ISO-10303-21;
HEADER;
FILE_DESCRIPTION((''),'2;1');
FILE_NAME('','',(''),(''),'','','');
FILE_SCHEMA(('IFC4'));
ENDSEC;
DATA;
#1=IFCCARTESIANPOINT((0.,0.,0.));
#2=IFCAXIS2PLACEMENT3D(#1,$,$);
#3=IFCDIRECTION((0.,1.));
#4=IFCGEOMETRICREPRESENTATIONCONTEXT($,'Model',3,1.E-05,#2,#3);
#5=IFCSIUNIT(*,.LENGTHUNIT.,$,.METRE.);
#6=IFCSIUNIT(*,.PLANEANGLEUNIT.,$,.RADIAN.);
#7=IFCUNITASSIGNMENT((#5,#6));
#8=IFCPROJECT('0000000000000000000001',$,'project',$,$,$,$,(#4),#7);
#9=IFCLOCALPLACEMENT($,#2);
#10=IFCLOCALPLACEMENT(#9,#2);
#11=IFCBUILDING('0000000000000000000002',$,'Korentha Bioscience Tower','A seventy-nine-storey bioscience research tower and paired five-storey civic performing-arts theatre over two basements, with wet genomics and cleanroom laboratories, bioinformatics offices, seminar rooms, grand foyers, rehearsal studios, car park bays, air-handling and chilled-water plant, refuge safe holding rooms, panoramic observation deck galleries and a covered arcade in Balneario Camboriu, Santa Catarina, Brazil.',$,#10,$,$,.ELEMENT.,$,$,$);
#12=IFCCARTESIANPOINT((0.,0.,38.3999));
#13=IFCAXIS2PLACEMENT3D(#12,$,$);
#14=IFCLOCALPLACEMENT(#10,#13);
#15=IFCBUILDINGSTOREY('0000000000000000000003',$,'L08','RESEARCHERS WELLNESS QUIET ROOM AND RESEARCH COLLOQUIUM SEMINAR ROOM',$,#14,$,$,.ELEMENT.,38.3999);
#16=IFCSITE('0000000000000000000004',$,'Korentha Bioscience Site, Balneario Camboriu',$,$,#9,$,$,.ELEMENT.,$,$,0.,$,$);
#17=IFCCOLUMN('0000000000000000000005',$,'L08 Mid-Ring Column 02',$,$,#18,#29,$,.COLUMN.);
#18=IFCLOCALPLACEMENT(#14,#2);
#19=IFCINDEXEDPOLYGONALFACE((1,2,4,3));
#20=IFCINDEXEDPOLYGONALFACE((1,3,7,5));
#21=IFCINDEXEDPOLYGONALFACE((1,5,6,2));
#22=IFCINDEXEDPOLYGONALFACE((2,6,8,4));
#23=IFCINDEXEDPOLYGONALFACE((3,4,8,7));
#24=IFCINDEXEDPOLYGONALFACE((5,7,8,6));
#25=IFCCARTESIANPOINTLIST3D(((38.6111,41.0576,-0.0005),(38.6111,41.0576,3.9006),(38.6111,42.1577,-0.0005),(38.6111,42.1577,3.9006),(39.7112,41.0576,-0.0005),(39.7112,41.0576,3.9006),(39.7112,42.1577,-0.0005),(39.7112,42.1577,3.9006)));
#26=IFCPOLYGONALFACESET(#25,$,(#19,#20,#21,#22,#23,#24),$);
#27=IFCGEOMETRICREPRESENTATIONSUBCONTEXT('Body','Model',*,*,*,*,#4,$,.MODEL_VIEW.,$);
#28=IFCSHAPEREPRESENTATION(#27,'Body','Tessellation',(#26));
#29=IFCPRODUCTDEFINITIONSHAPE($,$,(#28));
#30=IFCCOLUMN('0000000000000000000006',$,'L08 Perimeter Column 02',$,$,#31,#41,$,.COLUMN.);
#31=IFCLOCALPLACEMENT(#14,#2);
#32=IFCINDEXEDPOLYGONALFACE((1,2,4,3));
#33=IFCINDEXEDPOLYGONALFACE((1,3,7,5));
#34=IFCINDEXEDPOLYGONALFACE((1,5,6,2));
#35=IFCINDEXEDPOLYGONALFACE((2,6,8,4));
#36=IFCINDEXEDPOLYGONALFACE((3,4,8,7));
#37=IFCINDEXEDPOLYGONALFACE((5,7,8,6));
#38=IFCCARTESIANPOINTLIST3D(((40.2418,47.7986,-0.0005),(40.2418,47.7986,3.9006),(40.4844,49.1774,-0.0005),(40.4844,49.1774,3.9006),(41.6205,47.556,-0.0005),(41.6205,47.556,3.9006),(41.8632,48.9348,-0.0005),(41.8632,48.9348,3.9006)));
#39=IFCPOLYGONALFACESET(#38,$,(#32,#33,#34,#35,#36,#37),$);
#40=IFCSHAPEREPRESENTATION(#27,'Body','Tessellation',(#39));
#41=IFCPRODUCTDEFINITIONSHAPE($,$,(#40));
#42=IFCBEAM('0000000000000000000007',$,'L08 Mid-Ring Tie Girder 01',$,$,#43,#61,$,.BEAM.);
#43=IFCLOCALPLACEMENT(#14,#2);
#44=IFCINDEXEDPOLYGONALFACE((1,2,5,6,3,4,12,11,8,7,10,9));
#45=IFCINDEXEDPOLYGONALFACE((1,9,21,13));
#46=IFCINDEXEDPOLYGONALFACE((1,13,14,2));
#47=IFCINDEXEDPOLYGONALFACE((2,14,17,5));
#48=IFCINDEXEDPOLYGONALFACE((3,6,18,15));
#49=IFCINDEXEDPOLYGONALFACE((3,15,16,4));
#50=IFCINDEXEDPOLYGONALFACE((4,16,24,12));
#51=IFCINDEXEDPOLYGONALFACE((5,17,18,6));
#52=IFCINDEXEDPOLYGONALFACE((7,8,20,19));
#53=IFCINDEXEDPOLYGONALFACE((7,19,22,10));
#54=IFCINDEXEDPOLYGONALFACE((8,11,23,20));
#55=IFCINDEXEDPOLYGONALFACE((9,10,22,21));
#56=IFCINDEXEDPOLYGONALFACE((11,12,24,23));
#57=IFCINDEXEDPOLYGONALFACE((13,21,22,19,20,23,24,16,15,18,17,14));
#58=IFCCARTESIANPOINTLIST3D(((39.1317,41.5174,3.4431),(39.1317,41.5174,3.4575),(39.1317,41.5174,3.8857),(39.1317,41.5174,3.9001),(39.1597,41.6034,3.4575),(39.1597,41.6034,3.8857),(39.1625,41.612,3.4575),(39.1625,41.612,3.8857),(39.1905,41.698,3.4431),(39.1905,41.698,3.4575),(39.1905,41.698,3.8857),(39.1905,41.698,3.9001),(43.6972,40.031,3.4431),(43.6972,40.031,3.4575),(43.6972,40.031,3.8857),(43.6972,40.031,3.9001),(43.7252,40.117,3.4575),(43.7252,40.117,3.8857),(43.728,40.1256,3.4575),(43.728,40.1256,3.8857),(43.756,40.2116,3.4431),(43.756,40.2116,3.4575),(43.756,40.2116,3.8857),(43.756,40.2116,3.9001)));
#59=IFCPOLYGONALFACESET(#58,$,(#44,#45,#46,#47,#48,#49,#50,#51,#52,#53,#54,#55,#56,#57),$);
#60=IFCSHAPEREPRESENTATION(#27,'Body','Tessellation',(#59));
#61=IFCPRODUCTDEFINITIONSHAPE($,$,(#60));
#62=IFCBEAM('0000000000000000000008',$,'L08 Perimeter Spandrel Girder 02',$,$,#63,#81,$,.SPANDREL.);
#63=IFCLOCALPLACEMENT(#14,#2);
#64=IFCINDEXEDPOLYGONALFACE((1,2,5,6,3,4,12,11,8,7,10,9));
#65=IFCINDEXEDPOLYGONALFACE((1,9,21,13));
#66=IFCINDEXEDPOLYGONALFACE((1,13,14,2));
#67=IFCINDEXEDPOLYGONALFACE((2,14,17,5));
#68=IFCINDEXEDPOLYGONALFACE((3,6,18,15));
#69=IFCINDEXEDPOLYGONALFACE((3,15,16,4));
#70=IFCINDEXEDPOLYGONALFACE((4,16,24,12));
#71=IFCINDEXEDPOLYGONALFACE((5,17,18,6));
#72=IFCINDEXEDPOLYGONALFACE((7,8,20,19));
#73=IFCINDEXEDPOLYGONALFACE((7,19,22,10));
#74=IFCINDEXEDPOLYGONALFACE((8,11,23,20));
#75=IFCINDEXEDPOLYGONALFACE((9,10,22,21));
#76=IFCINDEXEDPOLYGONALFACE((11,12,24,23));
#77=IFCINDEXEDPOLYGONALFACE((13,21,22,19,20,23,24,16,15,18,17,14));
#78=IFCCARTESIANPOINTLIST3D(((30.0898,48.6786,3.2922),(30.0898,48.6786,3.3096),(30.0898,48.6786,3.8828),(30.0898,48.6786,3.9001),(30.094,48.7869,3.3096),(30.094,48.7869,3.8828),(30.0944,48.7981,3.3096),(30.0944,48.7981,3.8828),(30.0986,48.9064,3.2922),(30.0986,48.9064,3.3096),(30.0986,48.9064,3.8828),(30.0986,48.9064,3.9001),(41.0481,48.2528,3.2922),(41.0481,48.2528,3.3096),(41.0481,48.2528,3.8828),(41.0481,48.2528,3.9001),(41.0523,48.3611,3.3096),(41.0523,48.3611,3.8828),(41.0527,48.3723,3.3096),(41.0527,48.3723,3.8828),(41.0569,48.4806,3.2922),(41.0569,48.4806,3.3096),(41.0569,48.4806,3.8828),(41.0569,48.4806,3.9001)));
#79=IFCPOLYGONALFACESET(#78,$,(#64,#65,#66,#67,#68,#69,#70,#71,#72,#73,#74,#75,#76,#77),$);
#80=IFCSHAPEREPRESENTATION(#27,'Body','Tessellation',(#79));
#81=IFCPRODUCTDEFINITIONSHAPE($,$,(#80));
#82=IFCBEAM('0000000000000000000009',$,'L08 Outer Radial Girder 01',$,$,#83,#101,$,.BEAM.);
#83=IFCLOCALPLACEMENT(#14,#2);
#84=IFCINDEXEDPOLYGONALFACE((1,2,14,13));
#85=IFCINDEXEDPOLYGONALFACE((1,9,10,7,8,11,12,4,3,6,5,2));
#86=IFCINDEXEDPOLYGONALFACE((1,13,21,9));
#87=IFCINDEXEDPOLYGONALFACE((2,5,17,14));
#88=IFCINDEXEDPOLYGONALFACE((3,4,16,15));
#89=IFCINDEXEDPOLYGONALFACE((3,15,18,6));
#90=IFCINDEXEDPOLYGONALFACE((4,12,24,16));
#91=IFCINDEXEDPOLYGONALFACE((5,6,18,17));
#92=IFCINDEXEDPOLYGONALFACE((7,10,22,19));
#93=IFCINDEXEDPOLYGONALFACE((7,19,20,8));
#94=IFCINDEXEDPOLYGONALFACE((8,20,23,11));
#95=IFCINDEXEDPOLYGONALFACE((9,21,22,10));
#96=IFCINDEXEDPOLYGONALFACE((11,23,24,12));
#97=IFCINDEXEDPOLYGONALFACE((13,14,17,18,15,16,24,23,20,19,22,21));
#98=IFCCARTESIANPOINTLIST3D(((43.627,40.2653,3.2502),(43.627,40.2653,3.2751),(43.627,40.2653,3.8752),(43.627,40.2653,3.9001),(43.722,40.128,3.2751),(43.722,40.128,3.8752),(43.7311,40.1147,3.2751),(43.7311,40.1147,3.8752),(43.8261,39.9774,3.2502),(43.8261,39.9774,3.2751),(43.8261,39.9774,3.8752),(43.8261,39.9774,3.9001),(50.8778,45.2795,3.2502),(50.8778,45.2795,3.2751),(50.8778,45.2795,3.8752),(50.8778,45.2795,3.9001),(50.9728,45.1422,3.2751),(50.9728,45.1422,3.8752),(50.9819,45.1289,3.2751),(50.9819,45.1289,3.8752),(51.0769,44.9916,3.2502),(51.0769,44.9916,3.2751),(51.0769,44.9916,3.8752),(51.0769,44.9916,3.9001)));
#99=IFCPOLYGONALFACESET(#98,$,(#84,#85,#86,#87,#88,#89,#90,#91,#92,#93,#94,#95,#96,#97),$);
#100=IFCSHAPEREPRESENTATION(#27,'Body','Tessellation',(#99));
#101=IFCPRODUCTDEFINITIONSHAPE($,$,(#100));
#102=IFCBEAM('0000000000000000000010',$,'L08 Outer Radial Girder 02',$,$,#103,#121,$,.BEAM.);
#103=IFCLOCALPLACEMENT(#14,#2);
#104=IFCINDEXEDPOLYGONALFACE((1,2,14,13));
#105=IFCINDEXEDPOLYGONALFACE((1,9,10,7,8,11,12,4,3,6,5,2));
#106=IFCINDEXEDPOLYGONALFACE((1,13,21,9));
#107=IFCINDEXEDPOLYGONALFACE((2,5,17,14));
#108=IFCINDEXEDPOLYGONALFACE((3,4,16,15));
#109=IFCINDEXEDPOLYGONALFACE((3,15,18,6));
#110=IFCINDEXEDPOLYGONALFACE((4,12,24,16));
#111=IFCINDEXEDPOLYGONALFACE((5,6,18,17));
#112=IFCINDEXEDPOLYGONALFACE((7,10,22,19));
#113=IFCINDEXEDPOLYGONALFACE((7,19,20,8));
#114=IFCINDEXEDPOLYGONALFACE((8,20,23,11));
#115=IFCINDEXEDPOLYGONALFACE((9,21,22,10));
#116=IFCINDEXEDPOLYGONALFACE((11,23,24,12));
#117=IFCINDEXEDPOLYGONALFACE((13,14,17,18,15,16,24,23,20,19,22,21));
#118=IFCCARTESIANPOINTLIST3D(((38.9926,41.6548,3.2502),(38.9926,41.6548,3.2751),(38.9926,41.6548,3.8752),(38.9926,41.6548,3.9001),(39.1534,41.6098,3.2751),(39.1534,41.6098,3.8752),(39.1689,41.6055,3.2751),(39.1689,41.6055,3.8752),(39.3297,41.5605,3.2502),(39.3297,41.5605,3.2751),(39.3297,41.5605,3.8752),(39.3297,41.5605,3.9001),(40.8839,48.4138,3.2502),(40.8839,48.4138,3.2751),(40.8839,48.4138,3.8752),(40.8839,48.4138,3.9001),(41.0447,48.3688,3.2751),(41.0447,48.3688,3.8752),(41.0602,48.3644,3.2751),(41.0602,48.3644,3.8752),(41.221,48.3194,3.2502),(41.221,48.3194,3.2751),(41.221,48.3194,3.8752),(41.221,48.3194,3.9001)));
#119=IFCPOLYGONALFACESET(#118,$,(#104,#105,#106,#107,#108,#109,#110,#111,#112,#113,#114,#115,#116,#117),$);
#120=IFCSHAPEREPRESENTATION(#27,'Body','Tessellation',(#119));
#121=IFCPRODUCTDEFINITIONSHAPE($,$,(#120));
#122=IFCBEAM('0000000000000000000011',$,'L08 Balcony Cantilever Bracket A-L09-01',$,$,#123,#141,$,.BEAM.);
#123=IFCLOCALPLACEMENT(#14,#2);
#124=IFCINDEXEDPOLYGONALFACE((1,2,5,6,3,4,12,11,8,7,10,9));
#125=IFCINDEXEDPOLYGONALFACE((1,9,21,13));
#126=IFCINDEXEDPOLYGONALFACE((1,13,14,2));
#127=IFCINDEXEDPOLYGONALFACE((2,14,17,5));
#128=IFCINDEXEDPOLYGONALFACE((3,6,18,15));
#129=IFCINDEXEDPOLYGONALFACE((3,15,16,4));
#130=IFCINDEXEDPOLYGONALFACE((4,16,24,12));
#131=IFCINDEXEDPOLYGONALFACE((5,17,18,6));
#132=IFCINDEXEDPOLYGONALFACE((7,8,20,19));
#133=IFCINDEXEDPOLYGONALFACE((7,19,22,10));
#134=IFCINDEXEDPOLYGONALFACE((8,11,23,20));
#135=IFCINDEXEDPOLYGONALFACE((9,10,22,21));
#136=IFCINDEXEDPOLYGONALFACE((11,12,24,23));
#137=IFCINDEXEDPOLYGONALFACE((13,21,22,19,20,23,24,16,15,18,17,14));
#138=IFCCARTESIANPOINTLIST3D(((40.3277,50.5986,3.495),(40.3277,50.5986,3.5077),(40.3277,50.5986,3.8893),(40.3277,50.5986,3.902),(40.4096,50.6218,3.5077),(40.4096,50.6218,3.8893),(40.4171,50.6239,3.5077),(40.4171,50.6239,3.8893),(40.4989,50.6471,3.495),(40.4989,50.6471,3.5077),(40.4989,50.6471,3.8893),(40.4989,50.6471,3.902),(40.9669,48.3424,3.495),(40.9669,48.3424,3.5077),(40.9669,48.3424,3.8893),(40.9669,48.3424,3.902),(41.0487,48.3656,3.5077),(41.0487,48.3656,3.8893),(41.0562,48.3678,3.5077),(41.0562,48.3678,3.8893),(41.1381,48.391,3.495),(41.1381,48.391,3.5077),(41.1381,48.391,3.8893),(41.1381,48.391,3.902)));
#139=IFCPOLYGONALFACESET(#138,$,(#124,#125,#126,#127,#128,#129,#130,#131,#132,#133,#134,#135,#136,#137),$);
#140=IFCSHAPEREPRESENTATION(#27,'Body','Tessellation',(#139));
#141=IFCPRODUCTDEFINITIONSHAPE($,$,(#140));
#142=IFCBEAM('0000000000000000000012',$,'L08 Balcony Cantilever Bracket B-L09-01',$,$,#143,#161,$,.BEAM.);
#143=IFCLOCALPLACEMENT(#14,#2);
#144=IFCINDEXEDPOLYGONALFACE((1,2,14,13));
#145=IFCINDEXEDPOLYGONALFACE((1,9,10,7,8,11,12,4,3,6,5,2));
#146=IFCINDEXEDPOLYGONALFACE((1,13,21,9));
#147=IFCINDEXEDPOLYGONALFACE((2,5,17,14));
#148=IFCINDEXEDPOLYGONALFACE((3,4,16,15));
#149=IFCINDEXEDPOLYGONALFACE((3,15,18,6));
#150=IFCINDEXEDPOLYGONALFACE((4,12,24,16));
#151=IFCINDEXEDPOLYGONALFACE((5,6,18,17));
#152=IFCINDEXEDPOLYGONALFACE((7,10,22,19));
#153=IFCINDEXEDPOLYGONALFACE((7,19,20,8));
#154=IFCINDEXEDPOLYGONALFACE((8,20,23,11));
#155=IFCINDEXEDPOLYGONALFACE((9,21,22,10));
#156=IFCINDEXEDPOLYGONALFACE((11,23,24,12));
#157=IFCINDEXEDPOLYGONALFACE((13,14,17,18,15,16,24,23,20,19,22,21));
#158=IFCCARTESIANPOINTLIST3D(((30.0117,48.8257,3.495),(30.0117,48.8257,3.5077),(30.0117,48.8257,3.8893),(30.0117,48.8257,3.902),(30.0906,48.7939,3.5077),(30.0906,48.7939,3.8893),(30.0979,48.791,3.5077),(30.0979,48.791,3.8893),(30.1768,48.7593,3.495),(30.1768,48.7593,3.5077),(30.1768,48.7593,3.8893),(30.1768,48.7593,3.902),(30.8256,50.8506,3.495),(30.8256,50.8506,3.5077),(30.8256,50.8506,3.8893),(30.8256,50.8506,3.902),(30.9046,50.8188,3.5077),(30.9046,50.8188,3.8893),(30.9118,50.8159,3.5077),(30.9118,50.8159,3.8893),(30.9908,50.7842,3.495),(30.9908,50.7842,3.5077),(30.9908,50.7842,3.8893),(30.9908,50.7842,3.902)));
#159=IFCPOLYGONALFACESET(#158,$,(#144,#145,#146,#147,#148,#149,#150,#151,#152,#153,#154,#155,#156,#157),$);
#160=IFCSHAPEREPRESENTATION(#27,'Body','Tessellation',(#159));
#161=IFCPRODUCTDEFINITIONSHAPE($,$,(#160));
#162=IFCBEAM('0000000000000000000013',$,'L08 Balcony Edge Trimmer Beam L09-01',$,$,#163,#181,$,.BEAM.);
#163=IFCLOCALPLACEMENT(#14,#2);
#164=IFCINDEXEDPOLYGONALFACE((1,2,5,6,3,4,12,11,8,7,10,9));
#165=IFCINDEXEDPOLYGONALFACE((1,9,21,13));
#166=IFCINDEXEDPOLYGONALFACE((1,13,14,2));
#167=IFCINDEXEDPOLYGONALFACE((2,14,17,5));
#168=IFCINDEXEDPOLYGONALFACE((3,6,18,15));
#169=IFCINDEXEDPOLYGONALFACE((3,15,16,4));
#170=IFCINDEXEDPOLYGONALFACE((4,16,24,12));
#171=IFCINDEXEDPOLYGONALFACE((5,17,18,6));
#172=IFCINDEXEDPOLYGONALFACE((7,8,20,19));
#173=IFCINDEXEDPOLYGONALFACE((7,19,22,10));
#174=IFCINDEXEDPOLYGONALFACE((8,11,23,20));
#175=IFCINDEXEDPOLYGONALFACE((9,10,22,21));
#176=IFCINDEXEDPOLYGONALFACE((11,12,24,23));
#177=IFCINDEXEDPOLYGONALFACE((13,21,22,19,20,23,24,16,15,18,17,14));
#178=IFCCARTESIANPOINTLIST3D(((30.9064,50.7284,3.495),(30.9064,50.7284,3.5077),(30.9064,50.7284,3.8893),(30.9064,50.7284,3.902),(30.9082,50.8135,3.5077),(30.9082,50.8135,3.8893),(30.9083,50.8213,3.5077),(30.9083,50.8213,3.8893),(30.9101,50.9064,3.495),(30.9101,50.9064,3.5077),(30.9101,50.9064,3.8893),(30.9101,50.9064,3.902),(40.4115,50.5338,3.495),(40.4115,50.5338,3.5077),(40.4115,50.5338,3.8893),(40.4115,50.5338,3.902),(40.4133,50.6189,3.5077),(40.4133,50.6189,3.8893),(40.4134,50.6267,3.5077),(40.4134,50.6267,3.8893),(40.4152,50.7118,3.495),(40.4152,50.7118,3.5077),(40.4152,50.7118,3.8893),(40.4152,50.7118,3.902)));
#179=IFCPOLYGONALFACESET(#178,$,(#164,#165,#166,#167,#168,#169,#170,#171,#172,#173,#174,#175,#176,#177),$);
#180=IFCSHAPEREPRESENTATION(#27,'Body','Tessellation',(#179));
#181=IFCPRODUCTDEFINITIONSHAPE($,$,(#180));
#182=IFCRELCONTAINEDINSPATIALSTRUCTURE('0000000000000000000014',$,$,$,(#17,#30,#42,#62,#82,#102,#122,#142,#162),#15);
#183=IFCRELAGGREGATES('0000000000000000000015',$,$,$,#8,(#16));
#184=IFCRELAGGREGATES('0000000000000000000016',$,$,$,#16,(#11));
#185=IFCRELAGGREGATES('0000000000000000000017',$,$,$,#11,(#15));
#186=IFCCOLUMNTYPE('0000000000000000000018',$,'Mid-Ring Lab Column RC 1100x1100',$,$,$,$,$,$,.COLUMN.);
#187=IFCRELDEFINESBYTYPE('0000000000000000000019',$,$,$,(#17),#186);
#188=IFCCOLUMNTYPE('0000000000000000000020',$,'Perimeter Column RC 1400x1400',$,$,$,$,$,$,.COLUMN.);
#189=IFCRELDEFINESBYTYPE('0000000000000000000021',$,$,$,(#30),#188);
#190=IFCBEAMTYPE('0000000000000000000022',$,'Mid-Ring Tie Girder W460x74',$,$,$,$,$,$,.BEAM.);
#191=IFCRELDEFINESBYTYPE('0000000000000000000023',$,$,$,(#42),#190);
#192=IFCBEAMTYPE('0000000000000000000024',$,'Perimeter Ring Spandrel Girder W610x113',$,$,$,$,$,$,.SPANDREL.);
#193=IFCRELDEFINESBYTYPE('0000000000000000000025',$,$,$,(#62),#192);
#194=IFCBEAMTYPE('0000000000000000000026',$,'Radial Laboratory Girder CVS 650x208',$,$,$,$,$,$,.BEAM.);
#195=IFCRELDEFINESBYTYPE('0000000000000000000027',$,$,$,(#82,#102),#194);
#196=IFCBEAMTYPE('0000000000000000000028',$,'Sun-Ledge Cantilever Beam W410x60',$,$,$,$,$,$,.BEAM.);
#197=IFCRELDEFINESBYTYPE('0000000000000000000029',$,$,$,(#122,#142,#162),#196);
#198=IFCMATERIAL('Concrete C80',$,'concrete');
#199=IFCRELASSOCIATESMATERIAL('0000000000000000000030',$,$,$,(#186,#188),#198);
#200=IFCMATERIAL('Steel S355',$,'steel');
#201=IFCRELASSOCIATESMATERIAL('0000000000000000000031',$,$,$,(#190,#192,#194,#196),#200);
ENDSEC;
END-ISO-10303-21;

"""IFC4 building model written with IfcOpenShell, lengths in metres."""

from ifc_helpers import new_model, si_unit, direction, frame, origin, origin_2d, place, context, subcontext, project, spatial, rectangle, i_section, extrude, material, material_profile, profile_set, type_object, element, save


model = new_model("IFC4")

# Units and contexts
model_context = context("Model", 3, precision=1e-05, world=origin(), true_north=direction((0.0, 1.0)))
body_context = subcontext(model_context, "Body", "Model", "MODEL_VIEW")
ifc_project = project(units=[si_unit("LENGTHUNIT", "METRE"), si_unit("PLANEANGLEUNIT", "RADIAN")], contexts=[model_context])

# Site, building, storey
site_placement = place(None, origin())
site = spatial("IfcSite", under=ifc_project, at=site_placement, Name="Korentha Bioscience Site, Balneario Camboriu", CompositionType="ELEMENT", RefElevation=0.0)
building_placement = place(site_placement, origin())
building = spatial("IfcBuilding", under=site, at=building_placement, Name="Korentha Bioscience Tower", Description="A seventy-nine-storey bioscience research tower and paired five-storey civic performing-arts theatre over two basements, with wet genomics and cleanroom laboratories, bioinformatics offices, seminar rooms, grand foyers, rehearsal studios, car park bays, air-handling and chilled-water plant, refuge safe holding rooms, panoramic observation deck galleries and a covered arcade in Balneario Camboriu, Santa Catarina, Brazil.", CompositionType="ELEMENT")
storey_placement = place(building_placement, frame((0.0, 0.0, 38.3999)))
storey = spatial("IfcBuildingStorey", under=building, at=storey_placement, Name="L08", Description="RESEARCHERS WELLNESS QUIET ROOM AND RESEARCH COLLOQUIUM SEMINAR ROOM", CompositionType="ELEMENT", Elevation=38.3999)

# Columns
ifc_material_1 = material(Name="Concrete C80", Category="concrete")
ifc_material_profile_1 = material_profile(ifc_material_1, rectangle(XDim=1.1001, YDim=1.1001, at=origin_2d()), Name="Concrete C80")
ifc_profile_set_1 = profile_set([ifc_material_profile_1], Name="Concrete C80 (COL-MR11)")
column_type_1 = type_object("IfcColumnType", Name="Mid-Ring Lab Column RC 1100x1100", PredefinedType="COLUMN", material=ifc_profile_set_1)
column_1_placement = place(storey_placement, frame((39.1611, 41.6077, -0.0005), z_axis=(0.0, 0.0, 1.0), x_axis=(1.0, 0.0, 0.0)))
element("IfcColumn", 1, at=column_1_placement, inside=storey, type_object=column_type_1, Name="L08 Mid-Ring Column 02", PredefinedType="COLUMN", context=body_context, shape_type="SweptSolid", body=[
    extrude(rectangle(XDim=1.1001, YDim=1.1001, at=origin_2d()), origin(), (0.0, 0.0, 1.0), 3.9011),
])
ifc_material_profile_2 = material_profile(ifc_material_1, rectangle(XDim=1.3999, YDim=1.3999, at=origin_2d()), Name="Concrete C80")
ifc_profile_set_2 = profile_set([ifc_material_profile_2], Name="Concrete C80 (COL-P14)")
column_type_2 = type_object("IfcColumnType", Name="Perimeter Column RC 1400x1400", PredefinedType="COLUMN", material=ifc_profile_set_2)
column_2_placement = place(storey_placement, frame((41.0525, 48.3667, -0.0005), z_axis=(0.0, 0.0, 1.0), x_axis=(-0.984868, 0.173304, 0.0)))
element("IfcColumn", 2, at=column_2_placement, inside=storey, type_object=column_type_2, Name="L08 Perimeter Column 02", PredefinedType="COLUMN", context=body_context, shape_type="SweptSolid", body=[
    extrude(rectangle(XDim=1.3999, YDim=1.3999, at=origin_2d()), origin(), (0.0, 0.0, 1.0), 3.9011),
])

# Beams
ifc_material_2 = material(Name="Steel S355", Category="steel")
ifc_material_profile_3 = material_profile(ifc_material_2, i_section(OverallWidth=0.1899, OverallDepth=0.457, WebThickness=0.009, FlangeThickness=0.0144, at=origin_2d()), Name="Steel S355")
ifc_profile_set_3 = profile_set([ifc_material_profile_3], Name="Steel S355 (MB-460)")
beam_type_1 = type_object("IfcBeamType", Name="Mid-Ring Tie Girder W460x74", PredefinedType="BEAM", material=ifc_profile_set_3)
beam_1_placement = place(storey_placement, frame((43.7266, 40.1213, 3.6716), z_axis=(-0.950877, 0.309569, 0.0), x_axis=(-0.309569, -0.950877, 0.0)))
element("IfcBeam", 3, at=beam_1_placement, inside=storey, type_object=beam_type_1, Name="L08 Mid-Ring Tie Girder 01", PredefinedType="BEAM", context=body_context, shape_type="SweptSolid", body=[
    extrude(i_section(OverallWidth=0.1899, OverallDepth=0.457, WebThickness=0.009, FlangeThickness=0.0144, at=origin_2d()), origin(), (0.0, 0.0, 1.0), 4.8013),
])
ifc_material_profile_4 = material_profile(ifc_material_2, i_section(OverallWidth=0.228, OverallDepth=0.6079, WebThickness=0.0112, FlangeThickness=0.0173, at=origin_2d()), Name="Steel S355")
ifc_profile_set_4 = profile_set([ifc_material_profile_4], Name="Steel S355 (SB-610)")
beam_type_2 = type_object("IfcBeamType", Name="Perimeter Ring Spandrel Girder W610x113", PredefinedType="SPANDREL", material=ifc_profile_set_4)
beam_2_placement = place(storey_placement, frame((41.0525, 48.3667, 3.5962), z_axis=(-0.999246, 0.038826, 0.0), x_axis=(-0.038826, -0.999246, 0.0)))
element("IfcBeam", 4, at=beam_2_placement, inside=storey, type_object=beam_type_2, Name="L08 Perimeter Spandrel Girder 02", PredefinedType="SPANDREL", context=body_context, shape_type="SweptSolid", body=[
    extrude(i_section(OverallWidth=0.228, OverallDepth=0.6079, WebThickness=0.0112, FlangeThickness=0.0173, at=origin_2d()), origin(), (0.0, 0.0, 1.0), 10.9666),
])
ifc_material_profile_5 = material_profile(ifc_material_2, i_section(OverallWidth=0.3501, OverallDepth=0.6499, WebThickness=0.0161, FlangeThickness=0.0249, at=origin_2d()), Name="Steel S355")
ifc_profile_set_5 = profile_set([ifc_material_profile_5], Name="Steel S355 (RB-650)")
beam_type_3 = type_object("IfcBeamType", Name="Radial Laboratory Girder CVS 650x208", PredefinedType="BEAM", material=ifc_profile_set_5)
beam_3_placement = place(storey_placement, frame((43.7266, 40.1213, 3.5752), z_axis=(0.822488, 0.568782, 0.0), x_axis=(-0.568782, 0.822488, 0.0)))
element("IfcBeam", 5, at=beam_3_placement, inside=storey, type_object=beam_type_3, Name="L08 Outer Radial Girder 01", PredefinedType="BEAM", context=body_context, shape_type="SweptSolid", body=[
    extrude(i_section(OverallWidth=0.3501, OverallDepth=0.6499, WebThickness=0.0161, FlangeThickness=0.0249, at=origin_2d()), origin(), (0.0, 0.0, 1.0), 8.8157),
])
beam_4_placement = place(storey_placement, frame((39.1611, 41.6077, 3.5752), z_axis=(0.269475, 0.963007, 0.0), x_axis=(-0.963007, 0.269475, 0.0)))
element("IfcBeam", 6, at=beam_4_placement, inside=storey, type_object=beam_type_3, Name="L08 Outer Radial Girder 02", PredefinedType="BEAM", context=body_context, shape_type="SweptSolid", body=[
    extrude(i_section(OverallWidth=0.3501, OverallDepth=0.6499, WebThickness=0.0161, FlangeThickness=0.0249, at=origin_2d()), origin(), (0.0, 0.0, 1.0), 7.0186),
])
ifc_material_profile_6 = material_profile(ifc_material_2, i_section(OverallWidth=0.178, OverallDepth=0.407, WebThickness=0.0078, FlangeThickness=0.0127, at=origin_2d()), Name="Steel S355")
ifc_profile_set_6 = profile_set([ifc_material_profile_6], Name="Steel S355 (CB-410)")
beam_type_4 = type_object("IfcBeamType", Name="Sun-Ledge Cantilever Beam W410x60", PredefinedType="BEAM", material=ifc_profile_set_6)
beam_5_placement = place(storey_placement, frame((41.0525, 48.3667, 3.6985), z_axis=(-0.272575, 0.962134, 0.0), x_axis=(-0.962134, -0.272575, 0.0)))
element("IfcBeam", 7, at=beam_5_placement, inside=storey, type_object=beam_type_4, Name="L08 Balcony Cantilever Bracket A-L09-01", PredefinedType="BEAM", context=body_context, shape_type="SweptSolid", body=[
    extrude(i_section(OverallWidth=0.178, OverallDepth=0.407, WebThickness=0.0078, FlangeThickness=0.0127, at=origin_2d()), origin(), (0.0, 0.0, 1.0), 2.345),
])
beam_6_placement = place(storey_placement, frame((30.0942, 48.7925, 3.6985), z_axis=(0.372972, 0.927843, 0.0), x_axis=(-0.927843, 0.372972, 0.0)))
element("IfcBeam", 8, at=beam_6_placement, inside=storey, type_object=beam_type_4, Name="L08 Balcony Cantilever Bracket B-L09-01", PredefinedType="BEAM", context=body_context, shape_type="SweptSolid", body=[
    extrude(i_section(OverallWidth=0.178, OverallDepth=0.407, WebThickness=0.0078, FlangeThickness=0.0127, at=origin_2d()), origin(), (0.0, 0.0, 1.0), 2.1824),
])
beam_7_placement = place(storey_placement, frame((40.4133, 50.6228, 3.6985), z_axis=(-0.999791, 0.020467, 0.0), x_axis=(-0.020467, -0.999791, 0.0)))
element("IfcBeam", 9, at=beam_7_placement, inside=storey, type_object=beam_type_4, Name="L08 Balcony Edge Trimmer Beam L09-01", PredefinedType="BEAM", context=body_context, shape_type="SweptSolid", body=[
    extrude(i_section(OverallWidth=0.178, OverallDepth=0.407, WebThickness=0.0078, FlangeThickness=0.0127, at=origin_2d()), origin(), (0.0, 0.0, 1.0), 9.5071),
])

save(model, "model.ifc")
